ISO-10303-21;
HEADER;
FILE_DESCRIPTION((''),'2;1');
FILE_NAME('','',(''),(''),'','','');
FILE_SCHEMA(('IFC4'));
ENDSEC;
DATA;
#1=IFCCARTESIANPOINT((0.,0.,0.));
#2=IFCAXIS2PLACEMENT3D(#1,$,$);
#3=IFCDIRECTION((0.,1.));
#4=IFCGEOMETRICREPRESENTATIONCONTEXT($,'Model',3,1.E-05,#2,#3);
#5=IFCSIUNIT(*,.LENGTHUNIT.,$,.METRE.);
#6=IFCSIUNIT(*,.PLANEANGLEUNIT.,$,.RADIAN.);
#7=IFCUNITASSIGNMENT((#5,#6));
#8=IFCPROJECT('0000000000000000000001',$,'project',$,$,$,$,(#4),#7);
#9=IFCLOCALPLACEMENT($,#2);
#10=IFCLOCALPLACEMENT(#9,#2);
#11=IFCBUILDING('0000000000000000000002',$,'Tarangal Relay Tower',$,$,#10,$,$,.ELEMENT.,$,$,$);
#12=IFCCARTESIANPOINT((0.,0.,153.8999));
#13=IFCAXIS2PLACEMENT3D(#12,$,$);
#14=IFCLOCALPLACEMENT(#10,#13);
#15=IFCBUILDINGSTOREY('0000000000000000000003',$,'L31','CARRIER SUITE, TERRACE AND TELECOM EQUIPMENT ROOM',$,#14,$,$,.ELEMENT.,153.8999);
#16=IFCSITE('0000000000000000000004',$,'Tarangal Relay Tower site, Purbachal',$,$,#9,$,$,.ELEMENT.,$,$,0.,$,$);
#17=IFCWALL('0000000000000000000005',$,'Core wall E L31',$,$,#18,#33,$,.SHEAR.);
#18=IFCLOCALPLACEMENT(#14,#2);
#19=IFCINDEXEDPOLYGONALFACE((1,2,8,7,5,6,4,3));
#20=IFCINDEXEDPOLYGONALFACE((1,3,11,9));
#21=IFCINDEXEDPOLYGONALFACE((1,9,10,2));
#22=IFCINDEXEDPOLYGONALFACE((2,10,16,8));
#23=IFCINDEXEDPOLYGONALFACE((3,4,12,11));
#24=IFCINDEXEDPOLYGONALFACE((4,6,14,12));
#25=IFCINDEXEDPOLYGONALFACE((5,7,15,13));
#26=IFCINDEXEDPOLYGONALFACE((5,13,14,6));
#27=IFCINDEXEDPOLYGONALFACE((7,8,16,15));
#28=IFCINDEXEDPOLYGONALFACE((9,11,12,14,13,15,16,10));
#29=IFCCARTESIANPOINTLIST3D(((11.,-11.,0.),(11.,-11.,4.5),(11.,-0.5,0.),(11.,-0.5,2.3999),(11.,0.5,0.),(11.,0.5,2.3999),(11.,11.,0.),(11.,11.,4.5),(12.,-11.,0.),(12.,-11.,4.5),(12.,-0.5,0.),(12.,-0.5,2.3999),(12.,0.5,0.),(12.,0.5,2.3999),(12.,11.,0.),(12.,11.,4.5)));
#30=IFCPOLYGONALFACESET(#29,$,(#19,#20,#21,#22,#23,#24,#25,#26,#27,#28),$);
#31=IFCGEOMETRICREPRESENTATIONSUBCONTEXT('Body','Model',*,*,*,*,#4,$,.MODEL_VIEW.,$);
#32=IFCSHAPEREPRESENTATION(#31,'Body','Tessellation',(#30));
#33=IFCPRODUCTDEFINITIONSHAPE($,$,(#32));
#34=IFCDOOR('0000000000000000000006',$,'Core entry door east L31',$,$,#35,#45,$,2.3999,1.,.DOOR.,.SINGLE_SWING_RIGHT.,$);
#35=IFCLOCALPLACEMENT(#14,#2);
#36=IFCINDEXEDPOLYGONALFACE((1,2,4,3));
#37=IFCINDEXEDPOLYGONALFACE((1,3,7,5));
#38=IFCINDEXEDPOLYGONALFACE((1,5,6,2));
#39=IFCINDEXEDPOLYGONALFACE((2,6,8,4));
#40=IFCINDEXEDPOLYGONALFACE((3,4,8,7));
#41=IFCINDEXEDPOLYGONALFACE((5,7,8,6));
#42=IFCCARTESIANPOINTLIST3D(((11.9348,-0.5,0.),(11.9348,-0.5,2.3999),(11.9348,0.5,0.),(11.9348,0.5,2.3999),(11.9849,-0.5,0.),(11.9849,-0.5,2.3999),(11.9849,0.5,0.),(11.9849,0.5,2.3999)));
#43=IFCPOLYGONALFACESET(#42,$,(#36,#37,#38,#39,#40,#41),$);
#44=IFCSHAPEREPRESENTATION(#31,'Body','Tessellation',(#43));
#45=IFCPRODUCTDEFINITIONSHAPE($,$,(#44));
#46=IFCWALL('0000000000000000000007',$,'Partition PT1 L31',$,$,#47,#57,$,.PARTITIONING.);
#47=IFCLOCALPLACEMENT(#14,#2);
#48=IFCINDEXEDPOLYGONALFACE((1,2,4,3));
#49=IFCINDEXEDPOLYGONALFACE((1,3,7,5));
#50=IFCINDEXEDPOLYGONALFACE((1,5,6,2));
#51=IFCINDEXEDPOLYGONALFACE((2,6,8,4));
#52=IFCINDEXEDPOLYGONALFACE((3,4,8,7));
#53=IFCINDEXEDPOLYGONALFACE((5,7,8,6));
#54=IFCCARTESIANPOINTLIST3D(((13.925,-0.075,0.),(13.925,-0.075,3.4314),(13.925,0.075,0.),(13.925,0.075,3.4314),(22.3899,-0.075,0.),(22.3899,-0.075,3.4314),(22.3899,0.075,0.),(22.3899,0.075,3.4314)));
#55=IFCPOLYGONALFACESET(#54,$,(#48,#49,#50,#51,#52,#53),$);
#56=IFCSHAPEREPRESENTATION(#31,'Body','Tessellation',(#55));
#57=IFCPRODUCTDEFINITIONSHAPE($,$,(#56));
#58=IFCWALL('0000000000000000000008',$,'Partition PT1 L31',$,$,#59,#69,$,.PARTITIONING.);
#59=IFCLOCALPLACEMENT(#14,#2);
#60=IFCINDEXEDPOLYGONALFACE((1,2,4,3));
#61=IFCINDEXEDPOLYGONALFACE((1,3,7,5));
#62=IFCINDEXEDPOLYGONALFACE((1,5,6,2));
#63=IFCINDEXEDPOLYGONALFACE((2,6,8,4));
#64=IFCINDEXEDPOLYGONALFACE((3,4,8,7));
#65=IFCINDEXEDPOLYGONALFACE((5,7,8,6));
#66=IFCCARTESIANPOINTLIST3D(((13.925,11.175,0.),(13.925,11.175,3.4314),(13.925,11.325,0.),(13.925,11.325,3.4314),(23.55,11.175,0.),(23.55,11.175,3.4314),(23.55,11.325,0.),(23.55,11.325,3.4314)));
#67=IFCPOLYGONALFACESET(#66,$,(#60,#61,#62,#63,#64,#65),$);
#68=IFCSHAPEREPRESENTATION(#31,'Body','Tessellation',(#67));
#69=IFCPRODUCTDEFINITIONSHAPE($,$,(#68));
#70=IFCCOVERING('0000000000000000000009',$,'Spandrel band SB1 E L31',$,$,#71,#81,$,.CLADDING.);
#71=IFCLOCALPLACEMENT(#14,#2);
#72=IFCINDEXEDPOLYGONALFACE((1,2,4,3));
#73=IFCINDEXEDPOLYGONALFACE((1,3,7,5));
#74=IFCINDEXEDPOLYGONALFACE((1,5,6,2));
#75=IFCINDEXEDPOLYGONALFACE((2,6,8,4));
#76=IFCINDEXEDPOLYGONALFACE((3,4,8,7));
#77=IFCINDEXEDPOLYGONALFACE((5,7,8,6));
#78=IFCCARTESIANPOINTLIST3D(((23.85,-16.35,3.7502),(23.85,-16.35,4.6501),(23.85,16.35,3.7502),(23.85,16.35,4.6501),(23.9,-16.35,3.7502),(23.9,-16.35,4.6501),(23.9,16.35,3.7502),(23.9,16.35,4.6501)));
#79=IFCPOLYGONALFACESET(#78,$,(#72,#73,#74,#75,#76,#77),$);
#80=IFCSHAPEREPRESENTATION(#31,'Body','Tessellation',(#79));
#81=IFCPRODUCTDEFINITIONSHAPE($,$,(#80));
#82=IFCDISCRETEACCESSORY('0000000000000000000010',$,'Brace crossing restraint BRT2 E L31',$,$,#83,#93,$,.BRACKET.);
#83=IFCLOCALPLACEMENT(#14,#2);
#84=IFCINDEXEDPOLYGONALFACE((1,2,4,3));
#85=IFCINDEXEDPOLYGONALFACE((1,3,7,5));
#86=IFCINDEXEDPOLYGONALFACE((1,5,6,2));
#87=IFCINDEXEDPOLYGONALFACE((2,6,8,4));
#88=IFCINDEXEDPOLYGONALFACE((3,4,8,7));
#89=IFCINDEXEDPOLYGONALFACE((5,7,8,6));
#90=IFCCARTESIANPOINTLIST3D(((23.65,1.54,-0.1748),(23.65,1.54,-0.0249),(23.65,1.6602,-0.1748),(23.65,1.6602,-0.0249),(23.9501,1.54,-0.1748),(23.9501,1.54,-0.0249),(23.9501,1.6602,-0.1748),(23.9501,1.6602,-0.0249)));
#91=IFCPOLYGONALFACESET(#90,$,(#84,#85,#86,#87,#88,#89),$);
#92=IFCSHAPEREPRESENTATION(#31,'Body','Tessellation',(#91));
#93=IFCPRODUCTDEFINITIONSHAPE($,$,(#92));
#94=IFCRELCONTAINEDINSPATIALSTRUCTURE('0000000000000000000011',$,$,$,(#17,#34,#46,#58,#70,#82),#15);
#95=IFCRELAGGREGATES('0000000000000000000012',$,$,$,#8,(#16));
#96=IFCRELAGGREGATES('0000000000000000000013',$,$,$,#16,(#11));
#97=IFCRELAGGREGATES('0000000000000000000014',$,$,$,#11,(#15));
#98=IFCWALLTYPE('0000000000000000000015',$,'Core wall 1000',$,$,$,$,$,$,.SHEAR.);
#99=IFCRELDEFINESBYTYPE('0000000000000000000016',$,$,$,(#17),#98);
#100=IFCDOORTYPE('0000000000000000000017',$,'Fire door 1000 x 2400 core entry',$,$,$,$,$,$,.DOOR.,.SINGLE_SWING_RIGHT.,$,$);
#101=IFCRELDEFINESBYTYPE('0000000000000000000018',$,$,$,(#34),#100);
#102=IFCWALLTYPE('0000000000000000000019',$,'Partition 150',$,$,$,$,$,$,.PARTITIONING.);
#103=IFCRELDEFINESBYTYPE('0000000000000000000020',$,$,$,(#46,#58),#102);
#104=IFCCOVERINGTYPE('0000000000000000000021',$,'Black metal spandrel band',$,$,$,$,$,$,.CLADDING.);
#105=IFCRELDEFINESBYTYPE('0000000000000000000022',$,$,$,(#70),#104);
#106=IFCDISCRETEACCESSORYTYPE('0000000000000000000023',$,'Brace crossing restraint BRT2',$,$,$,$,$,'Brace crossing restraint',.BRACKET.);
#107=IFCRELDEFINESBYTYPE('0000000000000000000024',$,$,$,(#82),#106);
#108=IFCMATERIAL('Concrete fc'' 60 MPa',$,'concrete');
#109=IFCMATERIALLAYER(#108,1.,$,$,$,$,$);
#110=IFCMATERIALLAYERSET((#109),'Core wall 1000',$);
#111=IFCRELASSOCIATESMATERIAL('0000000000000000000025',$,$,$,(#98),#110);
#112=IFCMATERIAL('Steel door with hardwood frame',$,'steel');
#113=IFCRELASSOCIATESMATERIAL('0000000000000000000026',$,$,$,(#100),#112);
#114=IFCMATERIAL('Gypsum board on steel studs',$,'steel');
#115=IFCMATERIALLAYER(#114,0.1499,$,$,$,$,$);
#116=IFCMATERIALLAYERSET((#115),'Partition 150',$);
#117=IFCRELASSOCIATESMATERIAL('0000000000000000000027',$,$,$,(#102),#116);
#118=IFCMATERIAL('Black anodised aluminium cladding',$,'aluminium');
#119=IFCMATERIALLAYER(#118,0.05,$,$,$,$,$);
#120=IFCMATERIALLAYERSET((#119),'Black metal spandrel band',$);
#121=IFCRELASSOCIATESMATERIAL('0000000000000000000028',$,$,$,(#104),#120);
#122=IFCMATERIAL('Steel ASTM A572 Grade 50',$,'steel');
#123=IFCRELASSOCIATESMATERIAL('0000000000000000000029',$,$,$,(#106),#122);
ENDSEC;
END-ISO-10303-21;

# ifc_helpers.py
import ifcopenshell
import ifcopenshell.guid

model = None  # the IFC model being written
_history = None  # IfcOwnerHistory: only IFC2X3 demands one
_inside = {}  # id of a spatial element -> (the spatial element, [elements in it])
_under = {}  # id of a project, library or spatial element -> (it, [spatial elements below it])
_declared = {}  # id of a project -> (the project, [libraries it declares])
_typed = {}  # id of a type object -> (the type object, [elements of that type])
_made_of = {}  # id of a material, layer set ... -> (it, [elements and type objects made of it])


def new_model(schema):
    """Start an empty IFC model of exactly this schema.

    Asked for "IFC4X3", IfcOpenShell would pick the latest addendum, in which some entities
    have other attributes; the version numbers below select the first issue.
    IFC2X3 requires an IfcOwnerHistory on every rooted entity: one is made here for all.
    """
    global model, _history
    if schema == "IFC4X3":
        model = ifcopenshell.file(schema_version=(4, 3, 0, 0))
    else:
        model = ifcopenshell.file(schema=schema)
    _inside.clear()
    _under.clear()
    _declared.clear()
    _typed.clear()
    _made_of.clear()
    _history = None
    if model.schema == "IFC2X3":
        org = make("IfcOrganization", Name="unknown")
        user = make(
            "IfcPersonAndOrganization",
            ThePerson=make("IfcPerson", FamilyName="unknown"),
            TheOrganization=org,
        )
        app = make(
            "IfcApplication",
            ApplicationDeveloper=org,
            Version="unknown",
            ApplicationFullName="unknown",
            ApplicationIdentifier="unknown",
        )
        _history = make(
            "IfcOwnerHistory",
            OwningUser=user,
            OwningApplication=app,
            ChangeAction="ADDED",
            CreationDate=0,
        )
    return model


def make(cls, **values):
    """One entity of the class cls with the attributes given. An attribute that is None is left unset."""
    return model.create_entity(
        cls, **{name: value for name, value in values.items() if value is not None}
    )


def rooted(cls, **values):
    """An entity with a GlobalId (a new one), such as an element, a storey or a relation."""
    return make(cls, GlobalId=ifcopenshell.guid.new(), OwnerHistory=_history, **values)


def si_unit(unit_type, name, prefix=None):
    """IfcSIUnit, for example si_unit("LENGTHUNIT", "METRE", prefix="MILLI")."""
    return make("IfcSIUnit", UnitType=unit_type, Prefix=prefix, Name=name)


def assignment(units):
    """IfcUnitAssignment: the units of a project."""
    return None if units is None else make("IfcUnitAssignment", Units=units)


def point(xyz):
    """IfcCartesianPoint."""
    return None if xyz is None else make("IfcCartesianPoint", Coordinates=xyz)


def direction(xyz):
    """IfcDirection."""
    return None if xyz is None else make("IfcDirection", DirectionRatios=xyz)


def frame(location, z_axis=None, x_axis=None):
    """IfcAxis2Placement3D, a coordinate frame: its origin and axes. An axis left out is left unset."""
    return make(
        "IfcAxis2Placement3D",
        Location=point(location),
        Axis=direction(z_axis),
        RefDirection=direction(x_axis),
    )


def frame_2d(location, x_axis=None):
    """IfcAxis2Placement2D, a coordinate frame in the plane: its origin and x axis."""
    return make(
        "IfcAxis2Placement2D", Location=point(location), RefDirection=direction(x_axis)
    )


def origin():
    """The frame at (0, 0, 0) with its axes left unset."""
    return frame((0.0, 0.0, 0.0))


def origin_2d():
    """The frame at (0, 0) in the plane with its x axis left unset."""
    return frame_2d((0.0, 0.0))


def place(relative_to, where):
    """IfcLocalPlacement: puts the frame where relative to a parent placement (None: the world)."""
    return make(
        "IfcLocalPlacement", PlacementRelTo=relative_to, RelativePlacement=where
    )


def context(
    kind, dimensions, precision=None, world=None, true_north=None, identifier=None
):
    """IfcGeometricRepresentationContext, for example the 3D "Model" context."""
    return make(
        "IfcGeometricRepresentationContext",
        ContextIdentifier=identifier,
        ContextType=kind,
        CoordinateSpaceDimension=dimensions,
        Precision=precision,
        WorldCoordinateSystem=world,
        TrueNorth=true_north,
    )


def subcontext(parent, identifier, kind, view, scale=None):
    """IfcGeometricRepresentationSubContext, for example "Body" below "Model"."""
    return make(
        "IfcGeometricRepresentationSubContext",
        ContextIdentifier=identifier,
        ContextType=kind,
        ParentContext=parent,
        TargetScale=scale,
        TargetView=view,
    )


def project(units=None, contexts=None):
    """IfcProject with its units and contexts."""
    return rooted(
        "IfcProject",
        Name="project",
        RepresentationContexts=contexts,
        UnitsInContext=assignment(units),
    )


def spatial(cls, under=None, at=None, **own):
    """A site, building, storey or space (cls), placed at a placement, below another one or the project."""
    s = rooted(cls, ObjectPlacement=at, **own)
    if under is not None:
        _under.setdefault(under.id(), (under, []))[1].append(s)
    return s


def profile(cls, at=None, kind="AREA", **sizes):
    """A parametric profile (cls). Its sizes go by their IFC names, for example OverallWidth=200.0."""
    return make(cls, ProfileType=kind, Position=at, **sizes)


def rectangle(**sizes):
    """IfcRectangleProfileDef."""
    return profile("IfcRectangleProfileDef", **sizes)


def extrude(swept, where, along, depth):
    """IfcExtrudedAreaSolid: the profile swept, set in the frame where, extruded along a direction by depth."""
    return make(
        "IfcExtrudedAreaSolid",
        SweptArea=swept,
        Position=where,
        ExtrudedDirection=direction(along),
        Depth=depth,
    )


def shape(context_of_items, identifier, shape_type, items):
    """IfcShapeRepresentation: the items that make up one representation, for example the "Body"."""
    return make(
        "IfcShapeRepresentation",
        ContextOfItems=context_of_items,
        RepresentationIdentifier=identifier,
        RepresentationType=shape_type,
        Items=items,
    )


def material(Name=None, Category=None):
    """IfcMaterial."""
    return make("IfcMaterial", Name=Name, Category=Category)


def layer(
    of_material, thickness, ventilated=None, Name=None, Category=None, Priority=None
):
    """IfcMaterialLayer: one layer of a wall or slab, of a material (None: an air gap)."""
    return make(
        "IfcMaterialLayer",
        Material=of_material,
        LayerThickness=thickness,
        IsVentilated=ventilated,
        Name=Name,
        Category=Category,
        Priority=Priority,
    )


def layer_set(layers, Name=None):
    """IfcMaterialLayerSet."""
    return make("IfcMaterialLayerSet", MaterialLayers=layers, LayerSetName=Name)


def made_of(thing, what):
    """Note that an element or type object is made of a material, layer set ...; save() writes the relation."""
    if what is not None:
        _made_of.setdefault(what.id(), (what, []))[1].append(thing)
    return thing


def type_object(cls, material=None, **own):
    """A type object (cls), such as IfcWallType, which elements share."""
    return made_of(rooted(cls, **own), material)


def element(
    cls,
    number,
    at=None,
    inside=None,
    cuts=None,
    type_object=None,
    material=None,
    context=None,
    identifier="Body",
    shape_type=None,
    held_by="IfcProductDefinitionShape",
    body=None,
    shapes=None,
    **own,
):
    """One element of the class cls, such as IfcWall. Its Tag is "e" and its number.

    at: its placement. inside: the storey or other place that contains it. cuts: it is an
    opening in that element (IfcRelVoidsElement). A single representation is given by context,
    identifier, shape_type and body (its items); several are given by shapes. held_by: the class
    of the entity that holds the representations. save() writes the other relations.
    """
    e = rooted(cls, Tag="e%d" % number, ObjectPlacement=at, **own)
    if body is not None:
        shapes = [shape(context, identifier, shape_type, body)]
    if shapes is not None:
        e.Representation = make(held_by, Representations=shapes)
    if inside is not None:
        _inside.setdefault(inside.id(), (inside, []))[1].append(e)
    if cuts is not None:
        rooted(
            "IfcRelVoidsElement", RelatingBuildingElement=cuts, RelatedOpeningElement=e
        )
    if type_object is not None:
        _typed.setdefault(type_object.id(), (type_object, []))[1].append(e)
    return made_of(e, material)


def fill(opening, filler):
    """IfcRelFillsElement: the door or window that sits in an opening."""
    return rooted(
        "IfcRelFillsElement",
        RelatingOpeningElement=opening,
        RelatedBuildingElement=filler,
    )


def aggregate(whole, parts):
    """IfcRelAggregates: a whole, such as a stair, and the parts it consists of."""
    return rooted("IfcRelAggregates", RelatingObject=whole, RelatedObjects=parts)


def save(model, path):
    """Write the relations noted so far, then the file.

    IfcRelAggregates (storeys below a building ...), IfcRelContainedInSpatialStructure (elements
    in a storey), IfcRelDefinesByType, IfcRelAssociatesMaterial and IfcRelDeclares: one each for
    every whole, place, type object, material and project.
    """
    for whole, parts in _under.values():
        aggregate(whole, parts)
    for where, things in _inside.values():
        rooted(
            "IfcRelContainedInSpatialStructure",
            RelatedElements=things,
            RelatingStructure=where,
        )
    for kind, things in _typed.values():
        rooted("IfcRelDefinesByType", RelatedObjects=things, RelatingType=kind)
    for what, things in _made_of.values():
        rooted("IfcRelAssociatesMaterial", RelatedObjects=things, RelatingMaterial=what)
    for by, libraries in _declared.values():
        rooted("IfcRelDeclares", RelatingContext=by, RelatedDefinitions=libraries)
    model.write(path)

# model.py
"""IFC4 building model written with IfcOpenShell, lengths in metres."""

from ifc_helpers import new_model, si_unit, direction, frame, frame_2d, origin, origin_2d, place, context, subcontext, project, spatial, rectangle, extrude, material, layer, layer_set, type_object, element, fill, save


model = new_model("IFC4")

# Units and contexts
model_context = context("Model", 3, precision=1e-05, world=origin(), true_north=direction((0.0, 1.0)))
body_context = subcontext(model_context, "Body", "Model", "MODEL_VIEW")
ifc_project = project(units=[si_unit("LENGTHUNIT", "METRE"), si_unit("PLANEANGLEUNIT", "RADIAN")], contexts=[model_context])

# Site, building, storey
site_placement = place(None, origin())
site = spatial("IfcSite", under=ifc_project, at=site_placement, Name="Tarangal Relay Tower site, Purbachal", CompositionType="ELEMENT", RefElevation=0.0)
building_placement = place(site_placement, origin())
building = spatial("IfcBuilding", under=site, at=building_placement, Name="Tarangal Relay Tower", CompositionType="ELEMENT")
storey_placement = place(building_placement, frame((0.0, 0.0, 153.8999)))
storey = spatial("IfcBuildingStorey", under=building, at=storey_placement, Name="L31", Description="CARRIER SUITE, TERRACE AND TELECOM EQUIPMENT ROOM", CompositionType="ELEMENT", Elevation=153.8999)

# Shared definitions
ifc_material_1 = material(Name="Steel ASTM A572 Grade 50", Category="steel")

# Wall, opening, door
ifc_material_2 = material(Name="Concrete fc' 60 MPa", Category="concrete")
ifc_layer_1 = layer(ifc_material_2, 1.0)
ifc_layer_set_1 = layer_set([ifc_layer_1], Name="Core wall 1000")
wall_type_1 = type_object("IfcWallType", Name="Core wall 1000", PredefinedType="SHEAR", material=ifc_layer_set_1)
wall_1_placement = place(storey_placement, frame((11.5, 11.0, 0.0), z_axis=(0.0, 0.0, 1.0), x_axis=(0.0, -1.0, 0.0)))
wall_1 = element("IfcWall", 1, at=wall_1_placement, inside=storey, type_object=wall_type_1, Name="Core wall E L31", PredefinedType="SHEAR", context=body_context, shape_type="SweptSolid", body=[
    extrude(rectangle(XDim=22.0, YDim=1.0, at=frame_2d((11.0, 0.0))), origin(), (0.0, 0.0, 1.0), 4.5),
])
opening_placement = place(wall_1_placement, frame((10.5, 0.0, 0.0)))
opening = element("IfcOpeningElement", 2, at=opening_placement, cuts=wall_1, PredefinedType="OPENING", context=body_context, shape_type="SweptSolid", body=[
    extrude(rectangle(XDim=1.0, YDim=2.3999, at=frame_2d((0.5, 1.2))), frame((0.0, 0.51, 0.0), z_axis=(0.0, -1.0, 0.0), x_axis=(1.0, 0.0, 0.0)), (0.0, 0.0, 1.0), 1.02),
])
ifc_material_3 = material(Name="Steel door with hardwood frame", Category="steel")
door_type = type_object("IfcDoorType", Name="Fire door 1000 x 2400 core entry", OperationType="SINGLE_SWING_RIGHT", PredefinedType="DOOR", material=ifc_material_3)
door_placement = place(opening_placement, origin())
door = element("IfcDoor", 3, at=door_placement, inside=storey, type_object=door_type, Name="Core entry door east L31", OperationType="SINGLE_SWING_RIGHT", OverallHeight=2.3999, OverallWidth=1.0, PredefinedType="DOOR", context=body_context, shape_type="SweptSolid", body=[
    extrude(rectangle(XDim=1.0, YDim=2.3999, at=frame_2d((0.5, 1.2))), frame((0.0, 0.4849, 0.0), z_axis=(0.0, -1.0, 0.0), x_axis=(1.0, 0.0, 0.0)), (0.0, 0.0, 1.0), 0.05),
])
fill(opening, door)

# Walls
ifc_material_4 = material(Name="Gypsum board on steel studs", Category="steel")
ifc_layer_2 = layer(ifc_material_4, 0.1499)
ifc_layer_set_2 = layer_set([ifc_layer_2], Name="Partition 150")
wall_type_2 = type_object("IfcWallType", Name="Partition 150", PredefinedType="PARTITIONING", material=ifc_layer_set_2)
wall_2_placement = place(storey_placement, frame((13.925, 0.0, 0.0), z_axis=(0.0, 0.0, 1.0), x_axis=(1.0, 0.0, 0.0)))
element("IfcWall", 4, at=wall_2_placement, inside=storey, type_object=wall_type_2, Name="Partition PT1 L31", PredefinedType="PARTITIONING", context=body_context, shape_type="SweptSolid", body=[
    extrude(rectangle(XDim=8.4648, YDim=0.1499, at=frame_2d((4.2324, 0.0))), origin(), (0.0, 0.0, 1.0), 3.4314),
])
wall_3_placement = place(storey_placement, frame((13.925, 11.25, 0.0), z_axis=(0.0, 0.0, 1.0), x_axis=(1.0, 0.0, 0.0)))
element("IfcWall", 5, at=wall_3_placement, inside=storey, type_object=wall_type_2, Name="Partition PT1 L31", PredefinedType="PARTITIONING", context=body_context, shape_type="SweptSolid", body=[
    extrude(rectangle(XDim=9.625, YDim=0.1499, at=frame_2d((4.8125, 0.0))), origin(), (0.0, 0.0, 1.0), 3.4314),
])

# Covering
ifc_material_5 = material(Name="Black anodised aluminium cladding", Category="aluminium")
ifc_layer_3 = layer(ifc_material_5, 0.05)
ifc_layer_set_3 = layer_set([ifc_layer_3], Name="Black metal spandrel band")
covering_type = type_object("IfcCoveringType", Name="Black metal spandrel band", PredefinedType="CLADDING", material=ifc_layer_set_3)
covering_placement = place(storey_placement, frame((23.875, 0.0, 3.7502), z_axis=(0.0, 0.0, 1.0), x_axis=(0.0, -1.0, 0.0)))
element("IfcCovering", 6, at=covering_placement, inside=storey, type_object=covering_type, Name="Spandrel band SB1 E L31", PredefinedType="CLADDING", context=body_context, shape_type="SweptSolid", body=[
    extrude(rectangle(XDim=32.7, YDim=0.05, at=origin_2d()), origin(), (0.0, 0.0, 1.0), 0.8999),
])

# Discrete accessory
discrete_accessory_type = type_object("IfcDiscreteAccessoryType", Name="Brace crossing restraint BRT2", ElementType="Brace crossing restraint", PredefinedType="BRACKET", material=ifc_material_1)
discrete_accessory_placement = place(storey_placement, frame((23.8, 1.6001, -0.1748), z_axis=(0.0, 0.0, 1.0), x_axis=(1.0, 0.0, 0.0)))
element("IfcDiscreteAccessory", 7, at=discrete_accessory_placement, inside=storey, type_object=discrete_accessory_type, Name="Brace crossing restraint BRT2 E L31", PredefinedType="BRACKET", context=body_context, shape_type="SweptSolid", body=[
    extrude(rectangle(XDim=0.3, YDim=0.1201, at=origin_2d()), origin(), (0.0, 0.0, 1.0), 0.1499),
])

save(model, "model.ifc")
